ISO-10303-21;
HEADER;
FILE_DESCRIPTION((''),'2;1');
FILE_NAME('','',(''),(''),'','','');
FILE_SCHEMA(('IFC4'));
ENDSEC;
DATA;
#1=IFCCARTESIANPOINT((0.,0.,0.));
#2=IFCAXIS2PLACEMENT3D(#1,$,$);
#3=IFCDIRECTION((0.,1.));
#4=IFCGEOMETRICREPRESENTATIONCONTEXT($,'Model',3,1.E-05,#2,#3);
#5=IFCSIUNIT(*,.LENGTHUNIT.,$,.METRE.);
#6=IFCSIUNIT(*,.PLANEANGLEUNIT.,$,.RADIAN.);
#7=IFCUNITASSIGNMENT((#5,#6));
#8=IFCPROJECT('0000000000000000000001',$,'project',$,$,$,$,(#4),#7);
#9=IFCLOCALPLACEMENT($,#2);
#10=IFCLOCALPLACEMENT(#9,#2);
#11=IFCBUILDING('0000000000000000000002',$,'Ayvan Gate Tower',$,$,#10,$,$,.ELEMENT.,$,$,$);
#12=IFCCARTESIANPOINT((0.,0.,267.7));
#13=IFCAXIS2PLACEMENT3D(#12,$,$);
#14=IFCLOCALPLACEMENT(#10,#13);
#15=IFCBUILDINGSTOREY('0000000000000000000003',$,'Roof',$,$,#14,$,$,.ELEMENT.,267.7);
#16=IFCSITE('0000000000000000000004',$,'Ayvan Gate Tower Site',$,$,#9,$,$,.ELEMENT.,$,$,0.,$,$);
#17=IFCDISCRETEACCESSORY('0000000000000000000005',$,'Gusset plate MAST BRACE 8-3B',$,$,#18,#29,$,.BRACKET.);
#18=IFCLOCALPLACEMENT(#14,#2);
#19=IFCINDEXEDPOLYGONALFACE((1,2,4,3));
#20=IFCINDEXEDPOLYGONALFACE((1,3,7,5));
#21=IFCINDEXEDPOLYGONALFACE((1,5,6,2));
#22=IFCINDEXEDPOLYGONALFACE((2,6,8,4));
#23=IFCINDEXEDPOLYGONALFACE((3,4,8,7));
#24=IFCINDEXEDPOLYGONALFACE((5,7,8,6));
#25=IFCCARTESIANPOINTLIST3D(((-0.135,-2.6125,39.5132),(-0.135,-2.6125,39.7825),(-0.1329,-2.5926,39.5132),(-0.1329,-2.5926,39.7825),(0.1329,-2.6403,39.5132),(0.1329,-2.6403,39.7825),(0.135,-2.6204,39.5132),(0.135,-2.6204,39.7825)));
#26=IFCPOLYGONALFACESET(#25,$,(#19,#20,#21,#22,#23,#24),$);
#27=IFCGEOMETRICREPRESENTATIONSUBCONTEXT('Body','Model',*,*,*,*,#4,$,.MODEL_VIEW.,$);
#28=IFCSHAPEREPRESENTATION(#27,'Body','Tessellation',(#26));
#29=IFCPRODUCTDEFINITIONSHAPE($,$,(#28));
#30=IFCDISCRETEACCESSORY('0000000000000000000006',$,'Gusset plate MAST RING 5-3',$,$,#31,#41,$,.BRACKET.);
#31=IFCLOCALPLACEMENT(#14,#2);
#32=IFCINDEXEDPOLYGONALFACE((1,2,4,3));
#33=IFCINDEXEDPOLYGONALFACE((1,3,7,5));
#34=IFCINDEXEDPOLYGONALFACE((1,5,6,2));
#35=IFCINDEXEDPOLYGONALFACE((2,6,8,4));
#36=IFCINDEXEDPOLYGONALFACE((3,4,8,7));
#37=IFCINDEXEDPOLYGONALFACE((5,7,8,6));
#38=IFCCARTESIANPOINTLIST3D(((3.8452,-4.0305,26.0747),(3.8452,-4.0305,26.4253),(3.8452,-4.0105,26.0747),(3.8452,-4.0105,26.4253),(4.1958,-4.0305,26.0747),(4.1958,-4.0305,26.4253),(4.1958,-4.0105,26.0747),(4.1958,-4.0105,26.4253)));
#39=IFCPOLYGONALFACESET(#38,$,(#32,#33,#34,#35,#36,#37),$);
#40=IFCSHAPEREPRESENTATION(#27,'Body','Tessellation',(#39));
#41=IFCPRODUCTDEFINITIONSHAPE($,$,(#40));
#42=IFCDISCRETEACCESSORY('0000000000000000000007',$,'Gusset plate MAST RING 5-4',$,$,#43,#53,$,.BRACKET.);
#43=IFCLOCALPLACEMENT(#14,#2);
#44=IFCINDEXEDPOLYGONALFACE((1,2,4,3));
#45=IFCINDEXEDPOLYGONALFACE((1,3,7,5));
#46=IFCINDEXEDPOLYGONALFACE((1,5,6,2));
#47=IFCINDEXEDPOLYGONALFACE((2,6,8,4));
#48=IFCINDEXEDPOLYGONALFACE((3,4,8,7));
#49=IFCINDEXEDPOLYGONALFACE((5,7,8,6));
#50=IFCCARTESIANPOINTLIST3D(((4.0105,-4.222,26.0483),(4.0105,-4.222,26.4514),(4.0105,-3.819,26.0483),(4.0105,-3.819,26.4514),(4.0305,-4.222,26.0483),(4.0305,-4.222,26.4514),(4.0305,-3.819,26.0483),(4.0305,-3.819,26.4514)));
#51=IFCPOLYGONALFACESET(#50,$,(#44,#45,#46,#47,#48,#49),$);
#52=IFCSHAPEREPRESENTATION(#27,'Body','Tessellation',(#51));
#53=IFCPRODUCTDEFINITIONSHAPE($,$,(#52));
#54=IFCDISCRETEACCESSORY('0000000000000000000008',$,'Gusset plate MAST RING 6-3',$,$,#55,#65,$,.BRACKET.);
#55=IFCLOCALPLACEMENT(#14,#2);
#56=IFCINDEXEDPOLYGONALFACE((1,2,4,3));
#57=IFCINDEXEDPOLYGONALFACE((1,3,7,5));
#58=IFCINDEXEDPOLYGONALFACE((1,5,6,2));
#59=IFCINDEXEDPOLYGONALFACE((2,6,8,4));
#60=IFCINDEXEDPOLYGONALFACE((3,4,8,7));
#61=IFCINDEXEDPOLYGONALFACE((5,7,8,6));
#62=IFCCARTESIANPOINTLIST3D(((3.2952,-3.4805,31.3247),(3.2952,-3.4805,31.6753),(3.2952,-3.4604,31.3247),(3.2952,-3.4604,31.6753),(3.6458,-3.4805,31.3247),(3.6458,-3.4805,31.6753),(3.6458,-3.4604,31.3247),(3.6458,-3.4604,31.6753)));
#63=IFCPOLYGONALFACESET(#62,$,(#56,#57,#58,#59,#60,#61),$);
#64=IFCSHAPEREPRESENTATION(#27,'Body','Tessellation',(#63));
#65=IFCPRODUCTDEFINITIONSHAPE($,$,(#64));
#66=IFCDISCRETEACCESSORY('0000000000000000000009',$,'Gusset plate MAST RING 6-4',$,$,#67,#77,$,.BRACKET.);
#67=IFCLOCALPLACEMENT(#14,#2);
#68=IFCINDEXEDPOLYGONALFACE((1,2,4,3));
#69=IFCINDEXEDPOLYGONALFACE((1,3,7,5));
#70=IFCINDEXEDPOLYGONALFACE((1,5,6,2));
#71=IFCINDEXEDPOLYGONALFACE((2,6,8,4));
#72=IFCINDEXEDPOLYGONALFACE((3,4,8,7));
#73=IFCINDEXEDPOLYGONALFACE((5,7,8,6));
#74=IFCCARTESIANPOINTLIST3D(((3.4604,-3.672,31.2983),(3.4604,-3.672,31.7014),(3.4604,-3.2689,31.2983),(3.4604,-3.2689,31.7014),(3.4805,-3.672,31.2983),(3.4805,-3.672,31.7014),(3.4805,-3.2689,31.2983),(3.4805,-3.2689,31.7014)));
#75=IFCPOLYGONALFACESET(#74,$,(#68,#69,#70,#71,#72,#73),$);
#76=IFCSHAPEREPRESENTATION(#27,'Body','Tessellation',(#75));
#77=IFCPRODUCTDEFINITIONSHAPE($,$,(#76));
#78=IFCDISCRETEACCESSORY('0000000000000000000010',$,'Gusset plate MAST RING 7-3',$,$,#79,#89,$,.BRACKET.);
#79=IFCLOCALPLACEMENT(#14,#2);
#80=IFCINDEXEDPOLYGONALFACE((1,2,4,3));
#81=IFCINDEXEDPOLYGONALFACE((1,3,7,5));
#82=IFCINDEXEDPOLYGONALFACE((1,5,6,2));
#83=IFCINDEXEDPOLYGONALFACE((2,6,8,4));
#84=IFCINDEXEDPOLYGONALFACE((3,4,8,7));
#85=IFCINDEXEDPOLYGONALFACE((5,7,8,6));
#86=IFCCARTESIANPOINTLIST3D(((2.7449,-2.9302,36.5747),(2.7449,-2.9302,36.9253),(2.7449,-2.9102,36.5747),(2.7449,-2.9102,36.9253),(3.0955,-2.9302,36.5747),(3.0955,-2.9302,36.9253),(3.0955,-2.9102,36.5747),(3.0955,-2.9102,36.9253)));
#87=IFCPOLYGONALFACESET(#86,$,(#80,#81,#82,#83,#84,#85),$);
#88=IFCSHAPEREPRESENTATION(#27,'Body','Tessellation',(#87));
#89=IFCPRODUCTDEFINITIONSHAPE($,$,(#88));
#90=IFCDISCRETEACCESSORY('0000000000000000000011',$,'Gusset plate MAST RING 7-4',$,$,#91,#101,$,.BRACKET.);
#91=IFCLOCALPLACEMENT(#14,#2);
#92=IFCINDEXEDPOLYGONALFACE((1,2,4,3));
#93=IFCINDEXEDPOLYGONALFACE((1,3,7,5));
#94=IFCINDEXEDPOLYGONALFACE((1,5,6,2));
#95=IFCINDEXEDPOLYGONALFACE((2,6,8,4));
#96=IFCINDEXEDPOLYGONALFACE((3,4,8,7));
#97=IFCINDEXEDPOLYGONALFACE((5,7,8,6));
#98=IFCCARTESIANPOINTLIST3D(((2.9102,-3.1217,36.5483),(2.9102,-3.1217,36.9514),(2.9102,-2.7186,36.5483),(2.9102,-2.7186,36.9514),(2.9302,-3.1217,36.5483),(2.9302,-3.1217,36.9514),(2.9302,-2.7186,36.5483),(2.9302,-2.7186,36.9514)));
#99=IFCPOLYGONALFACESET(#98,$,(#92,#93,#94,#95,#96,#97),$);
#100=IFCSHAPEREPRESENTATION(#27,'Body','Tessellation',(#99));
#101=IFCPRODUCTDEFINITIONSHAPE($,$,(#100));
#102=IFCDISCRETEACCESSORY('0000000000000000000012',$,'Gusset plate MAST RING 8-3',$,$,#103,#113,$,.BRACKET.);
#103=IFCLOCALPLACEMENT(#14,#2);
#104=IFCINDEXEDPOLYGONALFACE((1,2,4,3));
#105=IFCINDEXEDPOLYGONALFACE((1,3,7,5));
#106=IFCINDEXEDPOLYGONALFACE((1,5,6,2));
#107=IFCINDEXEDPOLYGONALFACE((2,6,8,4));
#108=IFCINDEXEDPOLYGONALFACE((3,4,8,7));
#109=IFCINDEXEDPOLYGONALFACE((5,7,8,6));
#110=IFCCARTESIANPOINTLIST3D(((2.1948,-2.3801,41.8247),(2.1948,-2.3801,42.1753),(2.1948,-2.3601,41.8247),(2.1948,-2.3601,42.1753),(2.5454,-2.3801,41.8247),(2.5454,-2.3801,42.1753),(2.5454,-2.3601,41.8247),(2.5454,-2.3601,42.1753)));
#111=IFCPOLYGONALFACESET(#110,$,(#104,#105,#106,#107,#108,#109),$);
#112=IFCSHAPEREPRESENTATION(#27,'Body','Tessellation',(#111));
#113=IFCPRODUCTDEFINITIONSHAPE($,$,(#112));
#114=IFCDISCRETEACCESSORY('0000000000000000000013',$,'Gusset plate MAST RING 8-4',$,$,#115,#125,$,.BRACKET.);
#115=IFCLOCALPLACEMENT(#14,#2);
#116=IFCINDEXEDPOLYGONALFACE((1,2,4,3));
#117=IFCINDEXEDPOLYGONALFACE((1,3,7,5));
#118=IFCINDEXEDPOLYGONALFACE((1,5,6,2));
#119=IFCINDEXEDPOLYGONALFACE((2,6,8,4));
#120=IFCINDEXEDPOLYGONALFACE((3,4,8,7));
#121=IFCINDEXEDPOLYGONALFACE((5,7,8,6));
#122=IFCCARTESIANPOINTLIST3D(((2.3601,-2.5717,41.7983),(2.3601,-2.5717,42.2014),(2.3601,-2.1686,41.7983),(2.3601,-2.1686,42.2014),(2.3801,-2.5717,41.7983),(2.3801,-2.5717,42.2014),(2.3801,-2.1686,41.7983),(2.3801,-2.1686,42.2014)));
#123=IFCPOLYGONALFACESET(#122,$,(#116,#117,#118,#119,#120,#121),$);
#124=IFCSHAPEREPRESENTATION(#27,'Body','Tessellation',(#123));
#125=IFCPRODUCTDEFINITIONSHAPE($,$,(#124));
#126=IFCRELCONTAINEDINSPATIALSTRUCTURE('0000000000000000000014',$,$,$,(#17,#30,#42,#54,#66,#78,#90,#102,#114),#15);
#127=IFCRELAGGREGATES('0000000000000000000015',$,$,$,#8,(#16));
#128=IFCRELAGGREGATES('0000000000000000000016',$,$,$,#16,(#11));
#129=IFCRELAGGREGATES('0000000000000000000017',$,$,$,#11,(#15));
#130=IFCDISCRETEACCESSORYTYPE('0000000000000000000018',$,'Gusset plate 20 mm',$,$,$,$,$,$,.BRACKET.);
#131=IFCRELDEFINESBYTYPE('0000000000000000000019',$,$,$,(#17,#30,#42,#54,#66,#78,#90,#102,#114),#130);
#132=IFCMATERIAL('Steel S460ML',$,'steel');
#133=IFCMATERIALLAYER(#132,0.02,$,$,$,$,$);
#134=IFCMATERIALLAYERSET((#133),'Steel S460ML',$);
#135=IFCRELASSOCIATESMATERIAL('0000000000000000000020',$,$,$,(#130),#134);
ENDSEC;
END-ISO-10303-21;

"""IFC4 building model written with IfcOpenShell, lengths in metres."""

from ifc_helpers import new_model, si_unit, direction, frame, origin, origin_2d, place, context, subcontext, project, spatial, rectangle, extrude, material, layer, layer_set, type_object, element, save


model = new_model("IFC4")

# Units and contexts
model_context = context("Model", 3, precision=1e-05, world=origin(), true_north=direction((0.0, 1.0)))
body_context = subcontext(model_context, "Body", "Model", "MODEL_VIEW")
ifc_project = project(units=[si_unit("LENGTHUNIT", "METRE"), si_unit("PLANEANGLEUNIT", "RADIAN")], contexts=[model_context])

# Site, building, storey
site_placement = place(None, origin())
site = spatial("IfcSite", under=ifc_project, at=site_placement, Name="Ayvan Gate Tower Site", CompositionType="ELEMENT", RefElevation=0.0)
building_placement = place(site_placement, origin())
building = spatial("IfcBuilding", under=site, at=building_placement, Name="Ayvan Gate Tower", CompositionType="ELEMENT")
storey_placement = place(building_placement, frame((0.0, 0.0, 267.7)))
storey = spatial("IfcBuildingStorey", under=building, at=storey_placement, Name="Roof", CompositionType="ELEMENT", Elevation=267.7)

# Discrete accessories
ifc_material_1 = material(Name="Steel S460ML", Category="steel")
ifc_layer = layer(ifc_material_1, 0.02)
ifc_layer_set = layer_set([ifc_layer], Name="Steel S460ML")
discrete_accessory_type = type_object("IfcDiscreteAccessoryType", Name="Gusset plate 20 mm", PredefinedType="BRACKET", material=ifc_layer_set)
for number, where, z_axis, x_axis, name in (
    (1, (0.0, -2.6165, 39.5132), (0.0, 0.0, 1.0), (-0.994636, 0.103442, 0.0), "Gusset plate MAST BRACE 8-3B"),
):
    element("IfcDiscreteAccessory", number, at=place(storey_placement, frame(where, z_axis=z_axis, x_axis=x_axis)), inside=storey, type_object=discrete_accessory_type, Name=name, PredefinedType="BRACKET", context=body_context, shape_type="SweptSolid", body=[
        extrude(rectangle(XDim=0.2693, YDim=0.02, at=origin_2d()), origin(), (0.0, 0.0, 1.0), 0.2693),
    ])
discrete_accessory_1_placement = place(storey_placement, frame((4.0205, -4.0205, 26.0747), z_axis=(0.0, 0.0, 1.0), x_axis=(1.0, 0.0, 0.0)))
element("IfcDiscreteAccessory", 2, at=discrete_accessory_1_placement, inside=storey, type_object=discrete_accessory_type, Name="Gusset plate MAST RING 5-3", PredefinedType="BRACKET", context=body_context, shape_type="SweptSolid", body=[
    extrude(rectangle(XDim=0.3506, YDim=0.02, at=origin_2d()), origin(), (0.0, 0.0, 1.0), 0.3506),
])
discrete_accessory_2_placement = place(storey_placement, frame((4.0205, -4.0205, 26.0483), z_axis=(0.0, 0.0, 1.0), x_axis=(0.0, 1.0, 0.0)))
element("IfcDiscreteAccessory", 3, at=discrete_accessory_2_placement, inside=storey, type_object=discrete_accessory_type, Name="Gusset plate MAST RING 5-4", PredefinedType="BRACKET", context=body_context, shape_type="SweptSolid", body=[
    extrude(rectangle(XDim=0.4031, YDim=0.02, at=origin_2d()), origin(), (0.0, 0.0, 1.0), 0.4031),
])
discrete_accessory_3_placement = place(storey_placement, frame((3.4705, -3.4705, 31.3247), z_axis=(0.0, 0.0, 1.0), x_axis=(1.0, 0.0, 0.0)))
element("IfcDiscreteAccessory", 4, at=discrete_accessory_3_placement, inside=storey, type_object=discrete_accessory_type, Name="Gusset plate MAST RING 6-3", PredefinedType="BRACKET", context=body_context, shape_type="SweptSolid", body=[
    extrude(rectangle(XDim=0.3506, YDim=0.02, at=origin_2d()), origin(), (0.0, 0.0, 1.0), 0.3506),
])
discrete_accessory_4_placement = place(storey_placement, frame((3.4705, -3.4705, 31.2983), z_axis=(0.0, 0.0, 1.0), x_axis=(0.0, 1.0, 0.0)))
element("IfcDiscreteAccessory", 5, at=discrete_accessory_4_placement, inside=storey, type_object=discrete_accessory_type, Name="Gusset plate MAST RING 6-4", PredefinedType="BRACKET", context=body_context, shape_type="SweptSolid", body=[
    extrude(rectangle(XDim=0.4031, YDim=0.02, at=origin_2d()), origin(), (0.0, 0.0, 1.0), 0.4031),
])
discrete_accessory_5_placement = place(storey_placement, frame((2.9202, -2.9202, 36.5747), z_axis=(0.0, 0.0, 1.0), x_axis=(1.0, 0.0, 0.0)))
element("IfcDiscreteAccessory", 6, at=discrete_accessory_5_placement, inside=storey, type_object=discrete_accessory_type, Name="Gusset plate MAST RING 7-3", PredefinedType="BRACKET", context=body_context, shape_type="SweptSolid", body=[
    extrude(rectangle(XDim=0.3506, YDim=0.02, at=origin_2d()), origin(), (0.0, 0.0, 1.0), 0.3506),
])
discrete_accessory_6_placement = place(storey_placement, frame((2.9202, -2.9202, 36.5483), z_axis=(0.0, 0.0, 1.0), x_axis=(0.0, 1.0, 0.0)))
element("IfcDiscreteAccessory", 7, at=discrete_accessory_6_placement, inside=storey, type_object=discrete_accessory_type, Name="Gusset plate MAST RING 7-4", PredefinedType="BRACKET", context=body_context, shape_type="SweptSolid", body=[
    extrude(rectangle(XDim=0.4031, YDim=0.02, at=origin_2d()), origin(), (0.0, 0.0, 1.0), 0.4031),
])
discrete_accessory_7_placement = place(storey_placement, frame((2.3701, -2.3701, 41.8247), z_axis=(0.0, 0.0, 1.0), x_axis=(1.0, 0.0, 0.0)))
element("IfcDiscreteAccessory", 8, at=discrete_accessory_7_placement, inside=storey, type_object=discrete_accessory_type, Name="Gusset plate MAST RING 8-3", PredefinedType="BRACKET", context=body_context, shape_type="SweptSolid", body=[
    extrude(rectangle(XDim=0.3506, YDim=0.02, at=origin_2d()), origin(), (0.0, 0.0, 1.0), 0.3506),
])
discrete_accessory_8_placement = place(storey_placement, frame((2.3701, -2.3701, 41.7983), z_axis=(0.0, 0.0, 1.0), x_axis=(0.0, 1.0, 0.0)))
element("IfcDiscreteAccessory", 9, at=discrete_accessory_8_placement, inside=storey, type_object=discrete_accessory_type, Name="Gusset plate MAST RING 8-4", PredefinedType="BRACKET", context=body_context, shape_type="SweptSolid", body=[
    extrude(rectangle(XDim=0.4031, YDim=0.02, at=origin_2d()), origin(), (0.0, 0.0, 1.0), 0.4031),
])

save(model, "model.ifc")
